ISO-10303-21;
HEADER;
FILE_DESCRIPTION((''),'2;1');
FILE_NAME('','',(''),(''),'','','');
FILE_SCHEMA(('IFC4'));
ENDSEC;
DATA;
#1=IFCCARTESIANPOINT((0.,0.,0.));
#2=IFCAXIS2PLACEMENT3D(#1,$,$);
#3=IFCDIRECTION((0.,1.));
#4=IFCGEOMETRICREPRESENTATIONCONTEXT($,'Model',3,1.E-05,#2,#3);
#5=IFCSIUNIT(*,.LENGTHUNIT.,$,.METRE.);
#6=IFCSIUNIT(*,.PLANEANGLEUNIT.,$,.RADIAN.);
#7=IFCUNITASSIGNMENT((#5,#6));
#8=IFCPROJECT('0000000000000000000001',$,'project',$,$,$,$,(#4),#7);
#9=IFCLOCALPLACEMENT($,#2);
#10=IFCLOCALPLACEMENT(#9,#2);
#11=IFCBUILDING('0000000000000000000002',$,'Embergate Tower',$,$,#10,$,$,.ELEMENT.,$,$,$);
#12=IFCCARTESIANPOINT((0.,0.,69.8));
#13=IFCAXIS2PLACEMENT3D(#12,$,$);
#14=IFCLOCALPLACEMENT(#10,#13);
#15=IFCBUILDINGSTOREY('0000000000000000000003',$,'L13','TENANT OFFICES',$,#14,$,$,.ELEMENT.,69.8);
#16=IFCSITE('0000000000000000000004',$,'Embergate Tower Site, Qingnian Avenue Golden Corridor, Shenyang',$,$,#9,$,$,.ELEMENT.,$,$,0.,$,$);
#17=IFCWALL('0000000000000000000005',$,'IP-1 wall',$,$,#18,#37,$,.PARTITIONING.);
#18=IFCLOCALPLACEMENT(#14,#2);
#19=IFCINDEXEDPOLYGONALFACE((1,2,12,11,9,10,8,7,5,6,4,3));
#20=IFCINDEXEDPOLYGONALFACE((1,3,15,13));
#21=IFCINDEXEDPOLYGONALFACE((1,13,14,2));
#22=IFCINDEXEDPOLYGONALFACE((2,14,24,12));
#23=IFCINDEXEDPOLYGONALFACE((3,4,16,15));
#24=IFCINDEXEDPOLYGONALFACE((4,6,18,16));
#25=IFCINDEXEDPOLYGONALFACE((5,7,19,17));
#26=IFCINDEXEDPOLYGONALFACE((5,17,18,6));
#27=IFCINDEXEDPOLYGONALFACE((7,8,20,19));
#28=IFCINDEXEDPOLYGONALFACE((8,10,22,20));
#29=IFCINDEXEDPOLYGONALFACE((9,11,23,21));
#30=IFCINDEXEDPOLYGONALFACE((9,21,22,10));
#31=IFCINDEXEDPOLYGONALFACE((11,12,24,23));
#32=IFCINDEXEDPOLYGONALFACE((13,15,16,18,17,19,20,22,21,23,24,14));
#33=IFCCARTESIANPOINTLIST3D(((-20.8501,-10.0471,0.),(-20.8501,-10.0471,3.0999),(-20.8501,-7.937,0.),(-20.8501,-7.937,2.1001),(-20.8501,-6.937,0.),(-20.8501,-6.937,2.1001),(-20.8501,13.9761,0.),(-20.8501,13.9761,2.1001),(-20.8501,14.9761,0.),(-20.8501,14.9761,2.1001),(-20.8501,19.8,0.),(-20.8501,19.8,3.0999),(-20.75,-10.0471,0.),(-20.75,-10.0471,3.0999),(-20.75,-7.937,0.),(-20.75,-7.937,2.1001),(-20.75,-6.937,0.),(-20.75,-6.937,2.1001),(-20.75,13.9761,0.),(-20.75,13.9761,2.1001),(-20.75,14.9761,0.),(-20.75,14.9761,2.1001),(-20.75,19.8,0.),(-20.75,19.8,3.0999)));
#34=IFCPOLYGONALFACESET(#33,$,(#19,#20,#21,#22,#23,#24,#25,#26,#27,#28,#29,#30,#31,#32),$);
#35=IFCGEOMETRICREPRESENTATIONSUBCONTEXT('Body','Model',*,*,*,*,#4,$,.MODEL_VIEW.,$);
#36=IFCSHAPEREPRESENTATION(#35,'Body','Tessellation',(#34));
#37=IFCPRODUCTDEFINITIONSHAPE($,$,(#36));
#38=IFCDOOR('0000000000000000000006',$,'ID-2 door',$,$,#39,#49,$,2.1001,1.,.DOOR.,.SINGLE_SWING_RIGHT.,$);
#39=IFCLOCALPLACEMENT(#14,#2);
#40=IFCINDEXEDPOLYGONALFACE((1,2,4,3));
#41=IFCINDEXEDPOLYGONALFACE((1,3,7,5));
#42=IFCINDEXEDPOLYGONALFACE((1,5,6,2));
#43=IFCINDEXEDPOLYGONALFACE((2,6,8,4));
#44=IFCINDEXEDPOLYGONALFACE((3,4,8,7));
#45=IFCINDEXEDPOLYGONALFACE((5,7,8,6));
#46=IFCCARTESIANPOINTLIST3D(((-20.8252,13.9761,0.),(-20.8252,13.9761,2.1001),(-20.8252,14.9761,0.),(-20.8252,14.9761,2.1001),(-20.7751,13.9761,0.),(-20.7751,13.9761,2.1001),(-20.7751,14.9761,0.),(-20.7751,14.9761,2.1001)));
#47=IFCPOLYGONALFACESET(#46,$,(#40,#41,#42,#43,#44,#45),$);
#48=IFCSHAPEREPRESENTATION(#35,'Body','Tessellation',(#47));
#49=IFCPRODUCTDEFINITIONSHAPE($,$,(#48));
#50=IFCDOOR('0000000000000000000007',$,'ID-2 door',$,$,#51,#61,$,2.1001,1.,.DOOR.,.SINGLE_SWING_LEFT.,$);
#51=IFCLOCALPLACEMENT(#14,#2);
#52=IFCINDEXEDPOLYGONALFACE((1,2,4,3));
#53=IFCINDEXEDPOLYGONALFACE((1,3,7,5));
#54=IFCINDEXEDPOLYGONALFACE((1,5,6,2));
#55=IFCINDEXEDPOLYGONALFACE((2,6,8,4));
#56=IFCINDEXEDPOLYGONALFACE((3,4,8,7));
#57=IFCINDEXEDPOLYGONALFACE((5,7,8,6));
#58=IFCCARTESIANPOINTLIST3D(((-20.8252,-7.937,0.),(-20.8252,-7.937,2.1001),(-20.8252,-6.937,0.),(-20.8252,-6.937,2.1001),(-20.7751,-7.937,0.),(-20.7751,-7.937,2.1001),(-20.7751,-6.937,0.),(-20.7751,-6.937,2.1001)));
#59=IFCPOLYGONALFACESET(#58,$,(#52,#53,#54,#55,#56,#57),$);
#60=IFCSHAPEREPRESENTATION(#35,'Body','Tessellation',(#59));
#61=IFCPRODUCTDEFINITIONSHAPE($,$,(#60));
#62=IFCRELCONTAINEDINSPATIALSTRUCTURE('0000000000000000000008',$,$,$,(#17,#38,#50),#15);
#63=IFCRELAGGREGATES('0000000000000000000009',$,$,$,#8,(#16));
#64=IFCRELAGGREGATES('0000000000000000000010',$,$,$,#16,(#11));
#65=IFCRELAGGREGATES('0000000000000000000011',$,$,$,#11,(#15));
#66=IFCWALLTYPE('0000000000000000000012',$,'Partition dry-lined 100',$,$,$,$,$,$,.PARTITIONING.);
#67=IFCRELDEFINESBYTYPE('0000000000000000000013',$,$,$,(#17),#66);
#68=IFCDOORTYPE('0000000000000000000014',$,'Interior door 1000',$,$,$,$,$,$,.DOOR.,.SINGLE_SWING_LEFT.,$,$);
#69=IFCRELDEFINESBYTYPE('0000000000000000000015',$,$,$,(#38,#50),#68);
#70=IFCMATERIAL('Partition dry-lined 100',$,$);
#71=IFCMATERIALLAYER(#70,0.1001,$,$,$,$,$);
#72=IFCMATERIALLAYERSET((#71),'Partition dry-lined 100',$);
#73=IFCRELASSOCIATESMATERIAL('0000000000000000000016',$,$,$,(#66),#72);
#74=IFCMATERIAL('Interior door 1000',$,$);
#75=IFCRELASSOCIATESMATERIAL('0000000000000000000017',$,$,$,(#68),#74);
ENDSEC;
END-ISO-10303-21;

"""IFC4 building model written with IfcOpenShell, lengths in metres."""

from ifc_helpers import new_model, si_unit, direction, frame, frame_2d, origin, place, context, subcontext, project, spatial, rectangle, extrude, source, transform, mapped, material, layer, layer_set, type_object, element, fill, save


model = new_model("IFC4")

# Units and contexts
model_context = context("Model", 3, precision=1e-05, world=origin(), true_north=direction((0.0, 1.0)))
body_context = subcontext(model_context, "Body", "Model", "MODEL_VIEW")
ifc_project = project(units=[si_unit("LENGTHUNIT", "METRE"), si_unit("PLANEANGLEUNIT", "RADIAN")], contexts=[model_context])

# Site, building, storey
site_placement = place(None, origin())
site = spatial("IfcSite", under=ifc_project, at=site_placement, Name="Embergate Tower Site, Qingnian Avenue Golden Corridor, Shenyang", CompositionType="ELEMENT", RefElevation=0.0)
building_placement = place(site_placement, origin())
building = spatial("IfcBuilding", under=site, at=building_placement, Name="Embergate Tower", CompositionType="ELEMENT")
storey_placement = place(building_placement, frame((0.0, 0.0, 69.8)))
storey = spatial("IfcBuildingStorey", under=building, at=storey_placement, Name="L13", Description="TENANT OFFICES", CompositionType="ELEMENT", Elevation=69.8)

# Wall, openings, doors
ifc_material_1 = material(Name="Partition dry-lined 100")
ifc_layer_1 = layer(ifc_material_1, 0.1001)
ifc_layer_set_1 = layer_set([ifc_layer_1], Name="Partition dry-lined 100")
wall_type = type_object("IfcWallType", Name="Partition dry-lined 100", PredefinedType="PARTITIONING", material=ifc_layer_set_1)
shared_shape_1 = source(origin(), body_context, "Body", "SweptSolid", [
    extrude(rectangle(XDim=29.8472, YDim=0.1001, at=frame_2d((14.9236, 0.0))), origin(), (0.0, 0.0, 1.0), 3.0999),
])
wall_placement = place(storey_placement, frame((-20.8, 19.8, 0.0), z_axis=(0.0, 0.0, 1.0), x_axis=(0.0, -1.0, 0.0)))
wall = element("IfcWall", 1, at=wall_placement, inside=storey, type_object=wall_type, Name="IP-1 wall", PredefinedType="PARTITIONING", context=body_context, shape_type="MappedRepresentation", body=[
    mapped(shared_shape_1, transform((0.0, 0.0, 0.0))),
])
shared_shape_2 = source(origin(), body_context, "Body", "SweptSolid", [
    extrude(rectangle(XDim=1.0, YDim=2.1001, at=frame_2d((0.5, 1.05))), frame((0.0, 0.0601, 0.0), z_axis=(0.0, -1.0, 0.0), x_axis=(1.0, 0.0, 0.0)), (0.0, 0.0, 1.0), 0.1201),
])
opening_1_placement = place(wall_placement, frame((4.824, 0.0, 0.0)))
opening_1 = element("IfcOpeningElement", 2, at=opening_1_placement, cuts=wall, PredefinedType="OPENING", context=body_context, shape_type="MappedRepresentation", body=[
    mapped(shared_shape_2, transform((0.0, 0.0, 0.0))),
])
opening_2_placement = place(wall_placement, frame((26.7371, 0.0, 0.0)))
opening_2 = element("IfcOpeningElement", 3, at=opening_2_placement, cuts=wall, PredefinedType="OPENING", context=body_context, shape_type="MappedRepresentation", body=[
    mapped(shared_shape_2, transform((0.0, 0.0, 0.0))),
])
ifc_material_2 = material(Name="Interior door 1000")
door_type = type_object("IfcDoorType", Name="Interior door 1000", OperationType="SINGLE_SWING_LEFT", PredefinedType="DOOR", material=ifc_material_2)
shared_shape_3 = source(origin(), body_context, "Body", "SweptSolid", [
    extrude(rectangle(XDim=1.0, YDim=2.1001, at=frame_2d((0.5, 1.05))), frame((0.0, 0.0249, 0.0), z_axis=(0.0, -1.0, 0.0), x_axis=(1.0, 0.0, 0.0)), (0.0, 0.0, 1.0), 0.05),
])
door_1_placement = place(opening_1_placement, origin())
door_1 = element("IfcDoor", 4, at=door_1_placement, inside=storey, type_object=door_type, Name="ID-2 door", OperationType="SINGLE_SWING_RIGHT", OverallHeight=2.1001, OverallWidth=1.0, PredefinedType="DOOR", context=body_context, shape_type="MappedRepresentation", body=[
    mapped(shared_shape_3, transform((0.0, 0.0, 0.0))),
])
fill(opening_1, door_1)
door_2_placement = place(opening_2_placement, origin())
door_2 = element("IfcDoor", 5, at=door_2_placement, inside=storey, type_object=door_type, Name="ID-2 door", OperationType="SINGLE_SWING_LEFT", OverallHeight=2.1001, OverallWidth=1.0, PredefinedType="DOOR", context=body_context, shape_type="MappedRepresentation", body=[
    mapped(shared_shape_3, transform((0.0, 0.0, 0.0))),
])
fill(opening_2, door_2)

save(model, "model.ifc")
